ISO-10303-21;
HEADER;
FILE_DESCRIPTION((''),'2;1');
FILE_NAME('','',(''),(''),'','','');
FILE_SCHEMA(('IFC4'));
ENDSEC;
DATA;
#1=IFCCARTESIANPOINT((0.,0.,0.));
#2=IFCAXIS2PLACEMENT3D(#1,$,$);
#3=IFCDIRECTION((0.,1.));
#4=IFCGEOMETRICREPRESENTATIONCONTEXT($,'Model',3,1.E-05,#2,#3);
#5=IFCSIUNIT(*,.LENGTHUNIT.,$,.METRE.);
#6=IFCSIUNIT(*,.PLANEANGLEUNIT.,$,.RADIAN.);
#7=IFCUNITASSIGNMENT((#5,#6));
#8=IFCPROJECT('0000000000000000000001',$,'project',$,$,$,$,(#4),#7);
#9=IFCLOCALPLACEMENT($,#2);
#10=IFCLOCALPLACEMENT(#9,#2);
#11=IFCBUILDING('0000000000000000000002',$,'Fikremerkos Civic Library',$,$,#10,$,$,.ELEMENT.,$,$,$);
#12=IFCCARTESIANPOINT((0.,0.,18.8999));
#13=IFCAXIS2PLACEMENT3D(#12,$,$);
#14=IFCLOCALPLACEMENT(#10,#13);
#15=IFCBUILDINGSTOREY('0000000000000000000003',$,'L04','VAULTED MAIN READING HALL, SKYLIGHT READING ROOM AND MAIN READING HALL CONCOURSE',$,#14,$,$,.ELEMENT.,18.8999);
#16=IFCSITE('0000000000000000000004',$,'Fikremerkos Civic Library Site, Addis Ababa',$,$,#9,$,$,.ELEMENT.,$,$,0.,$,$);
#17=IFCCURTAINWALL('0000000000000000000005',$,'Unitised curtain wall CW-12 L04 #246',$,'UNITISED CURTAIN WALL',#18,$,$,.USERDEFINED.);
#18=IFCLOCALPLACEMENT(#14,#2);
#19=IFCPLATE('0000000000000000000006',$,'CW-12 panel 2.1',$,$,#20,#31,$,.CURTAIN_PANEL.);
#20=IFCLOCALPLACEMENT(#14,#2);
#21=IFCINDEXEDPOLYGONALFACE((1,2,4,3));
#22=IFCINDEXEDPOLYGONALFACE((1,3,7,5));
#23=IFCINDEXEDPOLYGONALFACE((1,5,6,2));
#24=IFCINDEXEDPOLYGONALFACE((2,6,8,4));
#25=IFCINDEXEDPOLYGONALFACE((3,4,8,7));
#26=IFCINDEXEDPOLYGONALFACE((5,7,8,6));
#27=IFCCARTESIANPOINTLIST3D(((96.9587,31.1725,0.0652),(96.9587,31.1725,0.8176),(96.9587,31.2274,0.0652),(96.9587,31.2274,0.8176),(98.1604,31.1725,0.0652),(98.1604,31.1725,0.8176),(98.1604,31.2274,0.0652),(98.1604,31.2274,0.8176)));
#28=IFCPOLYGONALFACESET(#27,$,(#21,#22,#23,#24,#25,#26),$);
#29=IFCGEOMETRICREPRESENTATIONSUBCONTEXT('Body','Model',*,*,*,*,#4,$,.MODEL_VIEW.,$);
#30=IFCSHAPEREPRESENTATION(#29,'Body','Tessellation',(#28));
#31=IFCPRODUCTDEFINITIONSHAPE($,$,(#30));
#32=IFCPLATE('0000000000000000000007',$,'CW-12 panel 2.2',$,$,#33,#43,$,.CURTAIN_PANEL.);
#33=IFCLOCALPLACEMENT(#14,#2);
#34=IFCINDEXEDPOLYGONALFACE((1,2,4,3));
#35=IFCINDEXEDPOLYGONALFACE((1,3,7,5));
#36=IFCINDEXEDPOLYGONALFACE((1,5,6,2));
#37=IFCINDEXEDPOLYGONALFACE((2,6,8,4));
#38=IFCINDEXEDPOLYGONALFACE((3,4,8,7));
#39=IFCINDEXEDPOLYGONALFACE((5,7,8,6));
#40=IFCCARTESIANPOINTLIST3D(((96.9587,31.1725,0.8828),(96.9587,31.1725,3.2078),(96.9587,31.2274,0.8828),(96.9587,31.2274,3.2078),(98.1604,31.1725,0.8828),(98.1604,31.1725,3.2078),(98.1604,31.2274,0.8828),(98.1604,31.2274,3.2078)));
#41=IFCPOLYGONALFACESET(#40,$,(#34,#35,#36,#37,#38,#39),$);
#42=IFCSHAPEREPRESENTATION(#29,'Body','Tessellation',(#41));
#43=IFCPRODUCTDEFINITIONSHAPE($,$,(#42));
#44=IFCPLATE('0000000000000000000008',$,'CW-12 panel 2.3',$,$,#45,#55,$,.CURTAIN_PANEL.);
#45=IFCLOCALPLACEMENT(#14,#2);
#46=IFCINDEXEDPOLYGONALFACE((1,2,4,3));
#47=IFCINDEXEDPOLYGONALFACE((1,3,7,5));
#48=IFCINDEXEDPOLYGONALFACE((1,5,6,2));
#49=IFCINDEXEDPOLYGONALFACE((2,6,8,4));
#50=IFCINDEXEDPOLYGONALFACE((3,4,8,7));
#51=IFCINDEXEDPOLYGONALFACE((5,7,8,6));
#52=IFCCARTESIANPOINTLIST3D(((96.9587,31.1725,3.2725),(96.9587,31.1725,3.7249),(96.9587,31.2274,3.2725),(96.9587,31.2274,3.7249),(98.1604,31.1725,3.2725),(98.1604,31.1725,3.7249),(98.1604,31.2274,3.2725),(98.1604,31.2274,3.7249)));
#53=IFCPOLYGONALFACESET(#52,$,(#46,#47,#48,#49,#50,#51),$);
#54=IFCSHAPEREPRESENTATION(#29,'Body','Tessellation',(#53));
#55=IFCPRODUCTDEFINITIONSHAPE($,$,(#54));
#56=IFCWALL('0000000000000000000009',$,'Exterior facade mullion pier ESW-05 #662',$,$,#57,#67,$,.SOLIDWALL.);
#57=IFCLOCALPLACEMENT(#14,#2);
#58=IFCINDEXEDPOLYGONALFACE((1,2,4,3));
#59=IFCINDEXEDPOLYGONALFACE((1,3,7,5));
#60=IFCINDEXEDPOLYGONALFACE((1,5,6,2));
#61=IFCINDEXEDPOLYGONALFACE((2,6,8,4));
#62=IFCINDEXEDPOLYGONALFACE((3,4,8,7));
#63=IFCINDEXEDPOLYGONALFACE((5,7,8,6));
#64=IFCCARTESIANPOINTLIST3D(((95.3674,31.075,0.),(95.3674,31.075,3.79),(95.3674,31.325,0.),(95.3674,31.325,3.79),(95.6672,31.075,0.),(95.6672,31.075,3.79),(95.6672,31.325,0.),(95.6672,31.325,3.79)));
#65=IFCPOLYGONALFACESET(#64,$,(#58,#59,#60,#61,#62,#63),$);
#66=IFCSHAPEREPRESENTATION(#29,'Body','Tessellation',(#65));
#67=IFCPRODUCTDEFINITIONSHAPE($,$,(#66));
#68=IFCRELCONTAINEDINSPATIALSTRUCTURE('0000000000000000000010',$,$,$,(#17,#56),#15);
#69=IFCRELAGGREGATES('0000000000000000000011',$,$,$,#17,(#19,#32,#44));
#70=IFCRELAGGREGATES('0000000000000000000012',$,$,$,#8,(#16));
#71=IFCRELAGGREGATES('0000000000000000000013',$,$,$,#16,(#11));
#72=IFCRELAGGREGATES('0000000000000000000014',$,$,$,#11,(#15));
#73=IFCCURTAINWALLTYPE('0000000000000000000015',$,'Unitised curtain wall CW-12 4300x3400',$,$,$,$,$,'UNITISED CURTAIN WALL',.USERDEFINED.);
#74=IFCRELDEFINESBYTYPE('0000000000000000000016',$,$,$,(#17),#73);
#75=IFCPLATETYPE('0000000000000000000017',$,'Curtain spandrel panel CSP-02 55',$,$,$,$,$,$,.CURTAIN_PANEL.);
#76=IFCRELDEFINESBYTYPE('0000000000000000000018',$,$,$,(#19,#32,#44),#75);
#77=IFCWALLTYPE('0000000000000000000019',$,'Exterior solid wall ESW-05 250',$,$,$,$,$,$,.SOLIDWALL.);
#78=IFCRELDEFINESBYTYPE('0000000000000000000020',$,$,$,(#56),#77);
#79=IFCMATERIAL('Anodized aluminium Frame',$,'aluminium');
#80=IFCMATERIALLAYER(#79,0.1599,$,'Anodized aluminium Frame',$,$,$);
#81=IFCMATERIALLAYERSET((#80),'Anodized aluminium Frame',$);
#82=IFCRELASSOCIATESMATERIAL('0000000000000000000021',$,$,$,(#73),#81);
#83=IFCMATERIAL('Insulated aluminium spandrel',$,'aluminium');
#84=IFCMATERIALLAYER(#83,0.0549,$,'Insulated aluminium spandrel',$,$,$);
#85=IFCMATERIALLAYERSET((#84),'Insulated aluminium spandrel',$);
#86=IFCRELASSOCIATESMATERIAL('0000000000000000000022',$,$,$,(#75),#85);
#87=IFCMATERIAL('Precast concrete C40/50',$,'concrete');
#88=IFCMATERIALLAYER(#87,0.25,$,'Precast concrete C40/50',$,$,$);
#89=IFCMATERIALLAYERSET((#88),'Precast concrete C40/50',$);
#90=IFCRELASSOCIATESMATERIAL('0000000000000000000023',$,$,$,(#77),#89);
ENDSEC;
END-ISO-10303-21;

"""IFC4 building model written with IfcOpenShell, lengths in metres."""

from ifc_helpers import new_model, si_unit, direction, frame, frame_2d, origin, origin_2d, place, context, subcontext, project, spatial, rectangle, extrude, material, layer, layer_set, type_object, element, aggregate, save


model = new_model("IFC4")

# Units and contexts
model_context = context("Model", 3, precision=1e-05, world=origin(), true_north=direction((0.0, 1.0)))
body_context = subcontext(model_context, "Body", "Model", "MODEL_VIEW")
ifc_project = project(units=[si_unit("LENGTHUNIT", "METRE"), si_unit("PLANEANGLEUNIT", "RADIAN")], contexts=[model_context])

# Site, building, storey
site_placement = place(None, origin())
site = spatial("IfcSite", under=ifc_project, at=site_placement, Name="Fikremerkos Civic Library Site, Addis Ababa", CompositionType="ELEMENT", RefElevation=0.0)
building_placement = place(site_placement, origin())
building = spatial("IfcBuilding", under=site, at=building_placement, Name="Fikremerkos Civic Library", CompositionType="ELEMENT")
storey_placement = place(building_placement, frame((0.0, 0.0, 18.8999)))
storey = spatial("IfcBuildingStorey", under=building, at=storey_placement, Name="L04", Description="VAULTED MAIN READING HALL, SKYLIGHT READING ROOM AND MAIN READING HALL CONCOURSE", CompositionType="ELEMENT", Elevation=18.8999)

# Curtain wall
ifc_material_1 = material(Name="Anodized aluminium Frame", Category="aluminium")
ifc_layer_1 = layer(ifc_material_1, 0.1599, Name="Anodized aluminium Frame")
ifc_layer_set_1 = layer_set([ifc_layer_1], Name="Anodized aluminium Frame")
curtain_wall_type_1 = type_object("IfcCurtainWallType", Name="Unitised curtain wall CW-12 4300x3400", ElementType="UNITISED CURTAIN WALL", PredefinedType="USERDEFINED", material=ifc_layer_set_1)
curtain_wall_1_placement = place(storey_placement, origin())
curtain_wall_1 = element("IfcCurtainWall", 1, at=curtain_wall_1_placement, inside=storey, type_object=curtain_wall_type_1, Name="Unitised curtain wall CW-12 L04 #246", ObjectType="UNITISED CURTAIN WALL", PredefinedType="USERDEFINED")

# Plates
ifc_material_2 = material(Name="Insulated aluminium spandrel", Category="aluminium")
ifc_layer_2 = layer(ifc_material_2, 0.0549, Name="Insulated aluminium spandrel")
ifc_layer_set_2 = layer_set([ifc_layer_2], Name="Insulated aluminium spandrel")
plate_type_1 = type_object("IfcPlateType", Name="Curtain spandrel panel CSP-02 55", PredefinedType="CURTAIN_PANEL", material=ifc_layer_set_2)
plate_1_placement = place(storey_placement, frame((97.5596, 31.2, 0.0652), z_axis=(0.0, 0.0, 1.0), x_axis=(1.0, 0.0, 0.0)))
plate_1 = element("IfcPlate", 2, at=plate_1_placement, type_object=plate_type_1, Name="CW-12 panel 2.1", PredefinedType="CURTAIN_PANEL", context=body_context, shape_type="SweptSolid", body=[
    extrude(rectangle(XDim=1.2017, YDim=0.0549, at=origin_2d()), origin(), (0.0, 0.0, 1.0), 0.7524),
])
plate_2_placement = place(storey_placement, frame((97.5596, 31.2, 0.8828), z_axis=(0.0, 0.0, 1.0), x_axis=(1.0, 0.0, 0.0)))
plate_2 = element("IfcPlate", 3, at=plate_2_placement, type_object=plate_type_1, Name="CW-12 panel 2.2", PredefinedType="CURTAIN_PANEL", context=body_context, shape_type="SweptSolid", body=[
    extrude(rectangle(XDim=1.2017, YDim=0.0549, at=origin_2d()), origin(), (0.0, 0.0, 1.0), 2.325),
])
plate_3_placement = place(storey_placement, frame((97.5596, 31.2, 3.2725), z_axis=(0.0, 0.0, 1.0), x_axis=(1.0, 0.0, 0.0)))
plate_3 = element("IfcPlate", 4, at=plate_3_placement, type_object=plate_type_1, Name="CW-12 panel 2.3", PredefinedType="CURTAIN_PANEL", context=body_context, shape_type="SweptSolid", body=[
    extrude(rectangle(XDim=1.2017, YDim=0.0549, at=origin_2d()), origin(), (0.0, 0.0, 1.0), 0.4524),
])
aggregate(curtain_wall_1, [plate_1, plate_2, plate_3])

# Wall
ifc_material_3 = material(Name="Precast concrete C40/50", Category="concrete")
ifc_layer_3 = layer(ifc_material_3, 0.25, Name="Precast concrete C40/50")
ifc_layer_set_3 = layer_set([ifc_layer_3], Name="Precast concrete C40/50")
wall_type = type_object("IfcWallType", Name="Exterior solid wall ESW-05 250", PredefinedType="SOLIDWALL", material=ifc_layer_set_3)
wall_placement = place(storey_placement, frame((95.3674, 31.2, 0.0), z_axis=(0.0, 0.0, 1.0), x_axis=(1.0, 0.0, 0.0)))
element("IfcWall", 5, at=wall_placement, inside=storey, type_object=wall_type, Name="Exterior facade mullion pier ESW-05 #662", PredefinedType="SOLIDWALL", context=body_context, shape_type="SweptSolid", body=[
    extrude(rectangle(XDim=0.2998, YDim=0.25, at=frame_2d((0.1499, 0.0))), origin(), (0.0, 0.0, 1.0), 3.79),
])

save(model, "model.ifc")
